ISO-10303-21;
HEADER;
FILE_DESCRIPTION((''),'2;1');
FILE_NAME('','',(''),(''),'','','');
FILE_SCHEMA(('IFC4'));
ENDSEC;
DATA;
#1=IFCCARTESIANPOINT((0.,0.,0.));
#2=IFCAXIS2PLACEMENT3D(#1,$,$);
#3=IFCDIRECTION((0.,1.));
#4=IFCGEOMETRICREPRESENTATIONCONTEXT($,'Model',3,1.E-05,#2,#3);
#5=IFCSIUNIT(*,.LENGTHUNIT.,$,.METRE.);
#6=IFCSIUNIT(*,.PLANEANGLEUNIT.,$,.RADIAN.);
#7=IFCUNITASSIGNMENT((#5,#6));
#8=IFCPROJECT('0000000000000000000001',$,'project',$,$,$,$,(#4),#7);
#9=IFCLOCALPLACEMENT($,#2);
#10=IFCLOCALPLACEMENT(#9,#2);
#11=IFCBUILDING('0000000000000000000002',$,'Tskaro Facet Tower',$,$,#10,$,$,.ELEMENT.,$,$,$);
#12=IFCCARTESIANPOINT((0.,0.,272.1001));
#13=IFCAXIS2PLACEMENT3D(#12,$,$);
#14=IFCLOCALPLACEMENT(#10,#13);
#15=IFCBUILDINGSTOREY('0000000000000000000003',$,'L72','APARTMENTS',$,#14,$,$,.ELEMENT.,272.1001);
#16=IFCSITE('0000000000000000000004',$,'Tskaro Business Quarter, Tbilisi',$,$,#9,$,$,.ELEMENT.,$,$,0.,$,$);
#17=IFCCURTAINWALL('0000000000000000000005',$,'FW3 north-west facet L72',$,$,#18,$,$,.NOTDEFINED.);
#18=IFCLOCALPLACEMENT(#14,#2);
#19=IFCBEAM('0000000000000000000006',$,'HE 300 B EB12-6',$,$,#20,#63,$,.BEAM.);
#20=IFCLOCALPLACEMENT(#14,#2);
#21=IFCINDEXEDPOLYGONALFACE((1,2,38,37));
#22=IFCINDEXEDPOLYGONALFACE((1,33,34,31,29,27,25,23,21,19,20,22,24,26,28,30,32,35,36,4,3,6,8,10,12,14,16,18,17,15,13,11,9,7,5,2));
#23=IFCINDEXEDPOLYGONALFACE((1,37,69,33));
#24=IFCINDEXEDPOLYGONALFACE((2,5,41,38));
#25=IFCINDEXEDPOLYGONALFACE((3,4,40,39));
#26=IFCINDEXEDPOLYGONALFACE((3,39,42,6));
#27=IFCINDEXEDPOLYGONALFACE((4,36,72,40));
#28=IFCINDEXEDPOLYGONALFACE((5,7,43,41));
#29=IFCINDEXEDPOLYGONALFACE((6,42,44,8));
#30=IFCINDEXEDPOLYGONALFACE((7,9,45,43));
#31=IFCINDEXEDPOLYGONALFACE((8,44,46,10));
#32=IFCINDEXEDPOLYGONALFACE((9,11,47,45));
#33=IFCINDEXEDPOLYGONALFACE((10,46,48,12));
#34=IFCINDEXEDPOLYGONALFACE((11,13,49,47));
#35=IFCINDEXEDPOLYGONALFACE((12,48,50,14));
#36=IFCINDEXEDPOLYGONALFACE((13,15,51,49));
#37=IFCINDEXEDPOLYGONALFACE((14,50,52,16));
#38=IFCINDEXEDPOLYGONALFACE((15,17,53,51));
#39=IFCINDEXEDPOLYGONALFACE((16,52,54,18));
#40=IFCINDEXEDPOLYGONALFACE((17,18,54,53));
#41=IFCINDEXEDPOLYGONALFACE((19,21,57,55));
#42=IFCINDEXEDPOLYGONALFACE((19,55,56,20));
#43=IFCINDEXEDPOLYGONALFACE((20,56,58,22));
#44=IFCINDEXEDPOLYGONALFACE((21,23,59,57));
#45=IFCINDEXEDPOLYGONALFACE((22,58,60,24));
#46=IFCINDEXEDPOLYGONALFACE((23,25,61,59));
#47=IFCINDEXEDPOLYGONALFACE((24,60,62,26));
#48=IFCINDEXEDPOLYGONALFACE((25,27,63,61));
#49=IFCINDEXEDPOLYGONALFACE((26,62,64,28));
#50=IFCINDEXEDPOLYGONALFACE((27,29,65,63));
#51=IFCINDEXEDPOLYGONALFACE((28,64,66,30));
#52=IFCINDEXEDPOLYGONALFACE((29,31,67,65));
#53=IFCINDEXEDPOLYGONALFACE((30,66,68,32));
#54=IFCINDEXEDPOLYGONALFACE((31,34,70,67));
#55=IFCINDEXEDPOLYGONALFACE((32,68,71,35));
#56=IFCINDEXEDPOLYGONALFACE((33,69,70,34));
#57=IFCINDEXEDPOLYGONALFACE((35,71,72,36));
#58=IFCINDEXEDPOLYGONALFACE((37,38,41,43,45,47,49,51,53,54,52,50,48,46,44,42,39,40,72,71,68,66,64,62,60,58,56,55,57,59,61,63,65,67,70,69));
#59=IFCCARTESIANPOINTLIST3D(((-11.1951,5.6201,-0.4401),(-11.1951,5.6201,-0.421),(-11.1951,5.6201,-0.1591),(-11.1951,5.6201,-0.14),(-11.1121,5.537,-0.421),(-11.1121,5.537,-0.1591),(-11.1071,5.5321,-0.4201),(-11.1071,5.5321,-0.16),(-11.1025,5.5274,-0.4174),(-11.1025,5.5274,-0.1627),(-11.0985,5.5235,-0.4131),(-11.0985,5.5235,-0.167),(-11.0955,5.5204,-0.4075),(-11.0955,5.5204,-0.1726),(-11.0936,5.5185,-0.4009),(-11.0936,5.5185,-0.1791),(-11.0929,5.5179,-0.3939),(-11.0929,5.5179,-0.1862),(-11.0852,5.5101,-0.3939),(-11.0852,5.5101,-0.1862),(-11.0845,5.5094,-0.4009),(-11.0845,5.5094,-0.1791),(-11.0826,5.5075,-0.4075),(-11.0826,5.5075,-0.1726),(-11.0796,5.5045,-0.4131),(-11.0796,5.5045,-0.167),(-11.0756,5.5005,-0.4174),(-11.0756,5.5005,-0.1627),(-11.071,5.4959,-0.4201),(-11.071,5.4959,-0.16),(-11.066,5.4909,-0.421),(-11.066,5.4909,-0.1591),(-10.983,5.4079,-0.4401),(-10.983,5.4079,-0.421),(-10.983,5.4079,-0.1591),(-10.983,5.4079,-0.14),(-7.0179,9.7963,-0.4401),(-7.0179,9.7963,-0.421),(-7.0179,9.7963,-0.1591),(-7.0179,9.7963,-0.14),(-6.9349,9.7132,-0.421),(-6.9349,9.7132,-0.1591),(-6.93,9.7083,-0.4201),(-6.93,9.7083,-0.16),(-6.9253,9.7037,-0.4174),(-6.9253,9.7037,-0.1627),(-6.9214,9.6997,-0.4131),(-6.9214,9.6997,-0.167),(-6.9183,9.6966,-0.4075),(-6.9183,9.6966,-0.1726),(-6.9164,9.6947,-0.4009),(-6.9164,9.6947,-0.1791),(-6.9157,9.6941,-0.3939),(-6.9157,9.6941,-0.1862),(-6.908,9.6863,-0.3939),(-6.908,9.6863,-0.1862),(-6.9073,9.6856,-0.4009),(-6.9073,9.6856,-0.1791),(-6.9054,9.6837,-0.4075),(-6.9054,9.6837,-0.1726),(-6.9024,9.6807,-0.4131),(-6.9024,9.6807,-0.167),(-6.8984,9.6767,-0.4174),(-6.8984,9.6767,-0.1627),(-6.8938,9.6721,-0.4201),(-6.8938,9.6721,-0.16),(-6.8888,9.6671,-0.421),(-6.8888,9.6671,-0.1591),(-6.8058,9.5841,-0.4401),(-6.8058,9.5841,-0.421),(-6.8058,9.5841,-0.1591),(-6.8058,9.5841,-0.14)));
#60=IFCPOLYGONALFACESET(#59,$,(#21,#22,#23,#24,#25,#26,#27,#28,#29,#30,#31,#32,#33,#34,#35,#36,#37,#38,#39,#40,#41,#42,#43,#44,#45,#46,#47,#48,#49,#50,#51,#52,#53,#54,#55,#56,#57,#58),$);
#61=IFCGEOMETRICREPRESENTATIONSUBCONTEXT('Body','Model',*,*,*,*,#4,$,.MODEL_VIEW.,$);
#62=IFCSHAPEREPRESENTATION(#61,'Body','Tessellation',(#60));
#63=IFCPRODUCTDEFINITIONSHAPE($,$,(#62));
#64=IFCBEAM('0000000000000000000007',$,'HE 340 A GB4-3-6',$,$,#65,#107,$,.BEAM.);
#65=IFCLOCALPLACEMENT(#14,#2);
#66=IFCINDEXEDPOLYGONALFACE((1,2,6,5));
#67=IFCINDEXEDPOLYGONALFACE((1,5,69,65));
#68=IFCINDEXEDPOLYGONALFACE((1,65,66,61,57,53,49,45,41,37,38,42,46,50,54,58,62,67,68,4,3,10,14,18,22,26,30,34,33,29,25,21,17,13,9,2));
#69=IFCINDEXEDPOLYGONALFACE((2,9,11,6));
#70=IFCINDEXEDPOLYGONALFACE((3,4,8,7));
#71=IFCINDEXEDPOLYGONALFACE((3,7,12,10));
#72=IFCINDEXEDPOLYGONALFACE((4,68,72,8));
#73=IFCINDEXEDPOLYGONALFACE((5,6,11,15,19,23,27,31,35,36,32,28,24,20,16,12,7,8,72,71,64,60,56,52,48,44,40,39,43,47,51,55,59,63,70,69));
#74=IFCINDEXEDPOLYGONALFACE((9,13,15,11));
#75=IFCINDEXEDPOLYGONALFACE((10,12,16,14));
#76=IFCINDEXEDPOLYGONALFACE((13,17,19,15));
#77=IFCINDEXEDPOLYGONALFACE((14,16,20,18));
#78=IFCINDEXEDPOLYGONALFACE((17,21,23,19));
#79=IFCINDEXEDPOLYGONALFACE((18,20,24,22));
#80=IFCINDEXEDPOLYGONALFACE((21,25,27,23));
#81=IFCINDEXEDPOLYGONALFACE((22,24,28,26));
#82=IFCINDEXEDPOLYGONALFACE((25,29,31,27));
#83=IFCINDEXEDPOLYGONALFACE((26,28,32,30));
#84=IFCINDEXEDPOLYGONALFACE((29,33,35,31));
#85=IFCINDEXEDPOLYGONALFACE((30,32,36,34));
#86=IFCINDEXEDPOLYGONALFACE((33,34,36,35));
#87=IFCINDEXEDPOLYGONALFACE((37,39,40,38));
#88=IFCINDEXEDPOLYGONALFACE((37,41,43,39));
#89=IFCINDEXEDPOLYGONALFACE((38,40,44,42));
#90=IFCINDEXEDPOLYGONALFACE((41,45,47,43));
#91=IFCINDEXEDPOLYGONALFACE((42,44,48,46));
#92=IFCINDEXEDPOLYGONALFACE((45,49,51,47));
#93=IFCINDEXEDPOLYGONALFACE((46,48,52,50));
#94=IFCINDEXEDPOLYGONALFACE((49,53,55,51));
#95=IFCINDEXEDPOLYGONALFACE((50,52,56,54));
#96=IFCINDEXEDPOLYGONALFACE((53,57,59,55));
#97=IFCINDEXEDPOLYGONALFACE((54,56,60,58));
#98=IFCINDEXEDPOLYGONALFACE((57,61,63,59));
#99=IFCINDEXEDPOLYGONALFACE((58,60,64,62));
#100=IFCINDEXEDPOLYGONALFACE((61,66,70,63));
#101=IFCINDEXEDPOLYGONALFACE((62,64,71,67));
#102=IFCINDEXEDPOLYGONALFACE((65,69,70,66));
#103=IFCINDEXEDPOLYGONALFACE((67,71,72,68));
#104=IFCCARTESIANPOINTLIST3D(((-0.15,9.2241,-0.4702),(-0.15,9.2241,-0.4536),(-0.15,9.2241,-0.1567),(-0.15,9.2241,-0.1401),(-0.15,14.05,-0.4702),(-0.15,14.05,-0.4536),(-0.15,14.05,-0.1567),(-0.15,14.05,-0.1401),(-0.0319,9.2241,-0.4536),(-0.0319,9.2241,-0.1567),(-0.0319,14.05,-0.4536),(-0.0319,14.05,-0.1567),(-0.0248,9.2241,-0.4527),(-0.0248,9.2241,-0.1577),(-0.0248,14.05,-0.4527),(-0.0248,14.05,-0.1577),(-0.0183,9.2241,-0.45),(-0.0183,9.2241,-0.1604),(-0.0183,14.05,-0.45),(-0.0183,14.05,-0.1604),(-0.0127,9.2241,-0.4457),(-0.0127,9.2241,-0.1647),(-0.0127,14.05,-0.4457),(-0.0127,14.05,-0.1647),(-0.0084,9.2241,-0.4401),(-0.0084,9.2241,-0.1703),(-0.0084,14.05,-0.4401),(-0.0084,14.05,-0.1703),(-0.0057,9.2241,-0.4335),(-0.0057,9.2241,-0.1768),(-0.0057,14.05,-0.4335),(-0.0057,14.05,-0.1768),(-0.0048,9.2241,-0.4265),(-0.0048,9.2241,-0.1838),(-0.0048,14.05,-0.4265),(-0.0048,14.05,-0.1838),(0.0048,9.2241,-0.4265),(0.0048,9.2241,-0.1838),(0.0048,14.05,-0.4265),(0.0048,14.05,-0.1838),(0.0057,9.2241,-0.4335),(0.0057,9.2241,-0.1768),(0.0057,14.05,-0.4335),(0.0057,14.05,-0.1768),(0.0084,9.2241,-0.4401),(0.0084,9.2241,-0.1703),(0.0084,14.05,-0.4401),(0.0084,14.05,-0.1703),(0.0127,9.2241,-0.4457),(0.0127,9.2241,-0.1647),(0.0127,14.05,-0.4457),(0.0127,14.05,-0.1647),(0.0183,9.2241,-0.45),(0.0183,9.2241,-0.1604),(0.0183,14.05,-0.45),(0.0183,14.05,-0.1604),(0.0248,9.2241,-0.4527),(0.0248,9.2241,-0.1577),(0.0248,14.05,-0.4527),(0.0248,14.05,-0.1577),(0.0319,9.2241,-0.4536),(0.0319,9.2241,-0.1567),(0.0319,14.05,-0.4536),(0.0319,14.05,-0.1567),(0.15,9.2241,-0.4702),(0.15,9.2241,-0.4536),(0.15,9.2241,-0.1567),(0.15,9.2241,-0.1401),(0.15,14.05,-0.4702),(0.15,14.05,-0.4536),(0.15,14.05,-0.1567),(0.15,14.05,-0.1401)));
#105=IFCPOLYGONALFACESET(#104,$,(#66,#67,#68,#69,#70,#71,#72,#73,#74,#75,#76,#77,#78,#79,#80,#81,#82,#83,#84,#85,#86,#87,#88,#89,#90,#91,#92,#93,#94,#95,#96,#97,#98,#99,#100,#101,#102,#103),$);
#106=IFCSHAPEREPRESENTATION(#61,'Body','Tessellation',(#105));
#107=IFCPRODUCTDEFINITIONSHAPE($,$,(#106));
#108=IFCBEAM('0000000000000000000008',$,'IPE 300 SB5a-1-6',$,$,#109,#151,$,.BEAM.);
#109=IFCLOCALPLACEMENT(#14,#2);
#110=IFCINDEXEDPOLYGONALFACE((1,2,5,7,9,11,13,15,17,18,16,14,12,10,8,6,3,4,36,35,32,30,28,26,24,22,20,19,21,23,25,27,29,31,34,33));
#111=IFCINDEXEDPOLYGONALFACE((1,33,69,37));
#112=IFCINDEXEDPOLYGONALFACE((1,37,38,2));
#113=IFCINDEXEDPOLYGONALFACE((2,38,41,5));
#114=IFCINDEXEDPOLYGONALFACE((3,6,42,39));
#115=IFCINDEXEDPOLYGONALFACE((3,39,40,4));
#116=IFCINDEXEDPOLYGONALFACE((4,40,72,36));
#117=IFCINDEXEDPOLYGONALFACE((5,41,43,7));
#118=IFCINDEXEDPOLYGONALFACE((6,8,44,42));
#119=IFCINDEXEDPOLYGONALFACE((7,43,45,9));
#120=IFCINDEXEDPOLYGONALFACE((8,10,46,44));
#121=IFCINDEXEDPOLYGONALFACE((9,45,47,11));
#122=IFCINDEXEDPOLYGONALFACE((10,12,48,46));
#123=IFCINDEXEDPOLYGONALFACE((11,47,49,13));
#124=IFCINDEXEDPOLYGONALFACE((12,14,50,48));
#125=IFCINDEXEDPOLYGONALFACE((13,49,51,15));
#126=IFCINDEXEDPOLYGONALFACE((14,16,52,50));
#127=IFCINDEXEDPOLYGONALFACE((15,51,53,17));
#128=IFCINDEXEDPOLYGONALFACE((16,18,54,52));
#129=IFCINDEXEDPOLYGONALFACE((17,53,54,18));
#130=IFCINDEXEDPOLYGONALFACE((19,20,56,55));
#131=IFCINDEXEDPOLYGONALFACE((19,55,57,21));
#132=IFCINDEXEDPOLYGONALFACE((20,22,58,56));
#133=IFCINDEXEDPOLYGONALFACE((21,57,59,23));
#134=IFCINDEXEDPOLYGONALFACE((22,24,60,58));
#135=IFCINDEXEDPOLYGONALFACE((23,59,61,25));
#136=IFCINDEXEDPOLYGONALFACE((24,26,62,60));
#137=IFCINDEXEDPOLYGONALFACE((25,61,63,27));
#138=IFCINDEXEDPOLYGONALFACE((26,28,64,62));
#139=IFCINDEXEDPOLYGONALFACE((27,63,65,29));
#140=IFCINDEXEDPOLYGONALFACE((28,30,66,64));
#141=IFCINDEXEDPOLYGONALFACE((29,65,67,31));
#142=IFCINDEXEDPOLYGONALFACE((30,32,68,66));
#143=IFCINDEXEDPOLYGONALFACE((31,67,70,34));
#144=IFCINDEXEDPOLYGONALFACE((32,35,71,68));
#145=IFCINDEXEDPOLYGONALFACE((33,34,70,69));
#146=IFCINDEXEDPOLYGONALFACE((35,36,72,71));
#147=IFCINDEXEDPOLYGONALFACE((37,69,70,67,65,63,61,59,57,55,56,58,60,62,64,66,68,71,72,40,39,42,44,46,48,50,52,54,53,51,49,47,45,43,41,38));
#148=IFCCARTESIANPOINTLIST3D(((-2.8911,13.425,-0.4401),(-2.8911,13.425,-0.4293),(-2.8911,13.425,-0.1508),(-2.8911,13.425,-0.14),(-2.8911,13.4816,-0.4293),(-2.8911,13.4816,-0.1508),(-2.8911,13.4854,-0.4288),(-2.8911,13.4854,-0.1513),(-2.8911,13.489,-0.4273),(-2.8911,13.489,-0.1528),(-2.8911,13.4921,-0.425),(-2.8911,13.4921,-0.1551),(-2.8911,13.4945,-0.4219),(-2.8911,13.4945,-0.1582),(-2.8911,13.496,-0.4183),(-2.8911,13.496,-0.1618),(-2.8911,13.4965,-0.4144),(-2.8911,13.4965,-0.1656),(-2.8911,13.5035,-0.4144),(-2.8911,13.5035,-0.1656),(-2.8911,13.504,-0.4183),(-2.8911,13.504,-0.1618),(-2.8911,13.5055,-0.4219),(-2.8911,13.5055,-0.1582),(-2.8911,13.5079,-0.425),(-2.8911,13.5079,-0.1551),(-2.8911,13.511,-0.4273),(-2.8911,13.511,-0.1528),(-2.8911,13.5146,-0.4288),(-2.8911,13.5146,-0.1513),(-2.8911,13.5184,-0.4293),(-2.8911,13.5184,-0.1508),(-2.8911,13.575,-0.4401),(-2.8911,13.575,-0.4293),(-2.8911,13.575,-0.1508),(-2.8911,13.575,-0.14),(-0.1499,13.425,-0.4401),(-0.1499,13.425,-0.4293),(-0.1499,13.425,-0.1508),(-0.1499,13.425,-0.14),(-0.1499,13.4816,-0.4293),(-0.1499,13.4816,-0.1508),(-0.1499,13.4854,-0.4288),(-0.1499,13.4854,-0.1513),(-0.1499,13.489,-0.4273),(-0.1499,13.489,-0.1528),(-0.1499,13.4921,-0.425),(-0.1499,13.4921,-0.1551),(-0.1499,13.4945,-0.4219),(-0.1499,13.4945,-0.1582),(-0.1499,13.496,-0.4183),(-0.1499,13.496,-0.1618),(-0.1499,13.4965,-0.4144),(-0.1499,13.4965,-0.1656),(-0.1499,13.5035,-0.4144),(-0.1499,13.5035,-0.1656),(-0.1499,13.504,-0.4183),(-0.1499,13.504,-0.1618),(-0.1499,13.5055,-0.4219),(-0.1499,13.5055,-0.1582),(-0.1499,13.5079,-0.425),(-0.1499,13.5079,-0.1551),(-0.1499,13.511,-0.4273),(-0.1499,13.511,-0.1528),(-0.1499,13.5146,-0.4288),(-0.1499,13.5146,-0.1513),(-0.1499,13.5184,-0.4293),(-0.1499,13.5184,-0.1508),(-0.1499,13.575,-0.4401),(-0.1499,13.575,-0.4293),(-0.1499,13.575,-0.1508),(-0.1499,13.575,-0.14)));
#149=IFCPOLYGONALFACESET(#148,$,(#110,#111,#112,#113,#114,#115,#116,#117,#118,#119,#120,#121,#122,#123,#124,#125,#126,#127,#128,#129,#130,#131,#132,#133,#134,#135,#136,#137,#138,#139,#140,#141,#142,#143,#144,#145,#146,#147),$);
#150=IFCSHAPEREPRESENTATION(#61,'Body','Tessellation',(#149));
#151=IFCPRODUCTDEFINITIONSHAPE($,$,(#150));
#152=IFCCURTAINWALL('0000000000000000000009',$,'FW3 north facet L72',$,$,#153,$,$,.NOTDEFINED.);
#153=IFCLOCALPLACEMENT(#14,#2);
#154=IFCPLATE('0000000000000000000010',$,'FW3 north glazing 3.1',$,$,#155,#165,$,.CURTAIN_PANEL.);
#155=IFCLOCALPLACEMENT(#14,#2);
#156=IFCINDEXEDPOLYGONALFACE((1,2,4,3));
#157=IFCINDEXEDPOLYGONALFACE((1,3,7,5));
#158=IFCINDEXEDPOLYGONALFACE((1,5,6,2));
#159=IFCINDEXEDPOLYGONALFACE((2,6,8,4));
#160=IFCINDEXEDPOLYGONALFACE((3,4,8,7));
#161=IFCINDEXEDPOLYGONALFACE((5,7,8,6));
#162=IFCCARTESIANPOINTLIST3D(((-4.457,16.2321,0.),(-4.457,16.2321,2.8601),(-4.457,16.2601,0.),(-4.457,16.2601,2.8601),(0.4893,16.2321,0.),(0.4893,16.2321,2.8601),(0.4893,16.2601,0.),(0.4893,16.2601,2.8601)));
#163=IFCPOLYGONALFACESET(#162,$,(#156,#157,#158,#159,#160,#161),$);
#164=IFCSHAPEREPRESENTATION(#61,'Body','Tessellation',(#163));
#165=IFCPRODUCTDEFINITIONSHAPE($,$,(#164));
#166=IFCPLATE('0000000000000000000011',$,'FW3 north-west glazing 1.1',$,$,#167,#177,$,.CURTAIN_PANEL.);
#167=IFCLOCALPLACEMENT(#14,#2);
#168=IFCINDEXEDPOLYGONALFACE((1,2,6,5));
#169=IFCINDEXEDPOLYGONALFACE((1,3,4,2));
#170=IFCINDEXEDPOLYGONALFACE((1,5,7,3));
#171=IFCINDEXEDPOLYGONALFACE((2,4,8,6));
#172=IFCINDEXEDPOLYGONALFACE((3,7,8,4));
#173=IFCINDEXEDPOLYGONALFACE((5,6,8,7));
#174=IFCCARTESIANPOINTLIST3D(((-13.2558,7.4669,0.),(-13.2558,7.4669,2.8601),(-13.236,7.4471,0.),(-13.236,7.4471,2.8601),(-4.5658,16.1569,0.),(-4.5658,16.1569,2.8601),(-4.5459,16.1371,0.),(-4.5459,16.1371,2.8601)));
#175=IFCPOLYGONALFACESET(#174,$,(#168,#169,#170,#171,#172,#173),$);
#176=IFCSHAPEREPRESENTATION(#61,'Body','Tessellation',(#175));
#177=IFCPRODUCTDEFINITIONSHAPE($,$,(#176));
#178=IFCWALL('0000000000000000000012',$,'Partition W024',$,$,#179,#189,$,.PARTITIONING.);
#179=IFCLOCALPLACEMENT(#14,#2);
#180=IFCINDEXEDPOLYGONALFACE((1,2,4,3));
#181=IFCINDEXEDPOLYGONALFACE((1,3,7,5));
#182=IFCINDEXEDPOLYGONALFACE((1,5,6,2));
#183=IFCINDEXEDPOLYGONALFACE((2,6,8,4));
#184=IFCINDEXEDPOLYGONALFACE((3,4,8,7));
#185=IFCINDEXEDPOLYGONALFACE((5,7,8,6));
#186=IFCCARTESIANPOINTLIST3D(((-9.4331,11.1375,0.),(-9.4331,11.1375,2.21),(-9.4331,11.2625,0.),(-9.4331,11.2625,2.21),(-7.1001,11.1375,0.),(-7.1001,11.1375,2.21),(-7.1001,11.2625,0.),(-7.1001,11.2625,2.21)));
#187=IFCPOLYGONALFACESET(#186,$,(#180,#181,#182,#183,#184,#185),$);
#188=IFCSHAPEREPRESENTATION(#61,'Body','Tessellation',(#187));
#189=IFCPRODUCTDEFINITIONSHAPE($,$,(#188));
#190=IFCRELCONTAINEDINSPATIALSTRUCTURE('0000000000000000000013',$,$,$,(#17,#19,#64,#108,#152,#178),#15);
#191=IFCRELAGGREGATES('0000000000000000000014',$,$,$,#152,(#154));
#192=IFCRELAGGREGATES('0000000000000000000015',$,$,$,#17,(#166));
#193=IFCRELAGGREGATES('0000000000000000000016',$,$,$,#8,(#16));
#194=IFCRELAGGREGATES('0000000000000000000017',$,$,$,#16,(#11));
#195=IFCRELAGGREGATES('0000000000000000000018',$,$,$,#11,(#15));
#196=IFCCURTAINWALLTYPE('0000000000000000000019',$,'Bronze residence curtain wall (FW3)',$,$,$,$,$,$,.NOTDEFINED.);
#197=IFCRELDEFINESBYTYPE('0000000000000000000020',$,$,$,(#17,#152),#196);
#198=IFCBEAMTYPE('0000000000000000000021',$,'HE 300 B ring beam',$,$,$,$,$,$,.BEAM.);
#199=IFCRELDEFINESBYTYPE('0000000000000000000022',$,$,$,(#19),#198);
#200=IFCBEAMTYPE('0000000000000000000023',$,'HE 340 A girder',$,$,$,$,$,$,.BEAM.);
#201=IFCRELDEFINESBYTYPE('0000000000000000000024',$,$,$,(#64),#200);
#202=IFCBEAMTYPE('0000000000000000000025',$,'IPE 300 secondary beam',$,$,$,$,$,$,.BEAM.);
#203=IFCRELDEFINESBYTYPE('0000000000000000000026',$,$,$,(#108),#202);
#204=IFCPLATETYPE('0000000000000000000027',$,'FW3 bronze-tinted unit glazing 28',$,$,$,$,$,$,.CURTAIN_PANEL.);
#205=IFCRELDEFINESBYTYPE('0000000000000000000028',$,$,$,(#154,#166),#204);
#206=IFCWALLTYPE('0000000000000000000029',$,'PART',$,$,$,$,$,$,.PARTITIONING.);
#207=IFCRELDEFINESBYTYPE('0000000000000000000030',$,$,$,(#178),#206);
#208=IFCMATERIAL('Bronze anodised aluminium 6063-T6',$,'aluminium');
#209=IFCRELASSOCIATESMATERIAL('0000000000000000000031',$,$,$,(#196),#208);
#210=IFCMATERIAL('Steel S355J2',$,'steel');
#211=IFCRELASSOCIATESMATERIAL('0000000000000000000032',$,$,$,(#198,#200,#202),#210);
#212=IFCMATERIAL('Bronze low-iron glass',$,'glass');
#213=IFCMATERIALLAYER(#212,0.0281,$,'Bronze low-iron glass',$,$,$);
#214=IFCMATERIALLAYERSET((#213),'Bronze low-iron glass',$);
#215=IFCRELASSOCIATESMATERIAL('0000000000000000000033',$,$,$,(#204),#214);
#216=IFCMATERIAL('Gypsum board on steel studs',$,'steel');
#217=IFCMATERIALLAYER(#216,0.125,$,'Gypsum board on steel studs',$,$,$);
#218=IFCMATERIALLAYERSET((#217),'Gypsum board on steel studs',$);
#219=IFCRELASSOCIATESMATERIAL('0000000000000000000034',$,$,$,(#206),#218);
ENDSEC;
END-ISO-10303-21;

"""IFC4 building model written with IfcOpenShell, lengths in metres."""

from ifc_helpers import new_model, si_unit, direction, frame, frame_2d, origin, origin_2d, place, context, subcontext, project, spatial, rectangle, i_section, extrude, material, layer, layer_set, material_profile, profile_set, type_object, element, aggregate, save


model = new_model("IFC4")

# Units and contexts
model_context = context("Model", 3, precision=1e-05, world=origin(), true_north=direction((0.0, 1.0)))
body_context = subcontext(model_context, "Body", "Model", "MODEL_VIEW")
ifc_project = project(units=[si_unit("LENGTHUNIT", "METRE"), si_unit("PLANEANGLEUNIT", "RADIAN")], contexts=[model_context])

# Site, building, storey
site_placement = place(None, origin())
site = spatial("IfcSite", under=ifc_project, at=site_placement, Name="Tskaro Business Quarter, Tbilisi", CompositionType="ELEMENT", RefElevation=0.0)
building_placement = place(site_placement, origin())
building = spatial("IfcBuilding", under=site, at=building_placement, Name="Tskaro Facet Tower", CompositionType="ELEMENT")
storey_placement = place(building_placement, frame((0.0, 0.0, 272.1001)))
storey = spatial("IfcBuildingStorey", under=building, at=storey_placement, Name="L72", Description="APARTMENTS", CompositionType="ELEMENT", Elevation=272.1001)

# Shared definitions
ifc_material_1 = material(Name="Steel S355J2", Category="steel")

# Curtain wall
ifc_material_2 = material(Name="Bronze anodised aluminium 6063-T6", Category="aluminium")
curtain_wall_type = type_object("IfcCurtainWallType", Name="Bronze residence curtain wall (FW3)", PredefinedType="NOTDEFINED", material=ifc_material_2)
curtain_wall_1_placement = place(storey_placement, origin())
curtain_wall_1 = element("IfcCurtainWall", 1, at=curtain_wall_1_placement, inside=storey, type_object=curtain_wall_type, Name="FW3 north-west facet L72", PredefinedType="NOTDEFINED")

# Beams
ifc_material_profile_1 = material_profile(ifc_material_1, i_section(OverallWidth=0.3, OverallDepth=0.3, WebThickness=0.011, FlangeThickness=0.019, FilletRadius=0.0271, at=origin_2d()), Name="HE 300 B")
ifc_profile_set_1 = profile_set([ifc_material_profile_1], Name="Steel S355J2")
beam_type_1 = type_object("IfcBeamType", Name="HE 300 B ring beam", PredefinedType="BEAM", material=ifc_profile_set_1)
for number, where, z_axis, x_axis, name in (
    (2, (-6.9119, 9.6902, -0.29), (-0.707189, -0.707024, 0.0), (0.707024, -0.707189, 0.0), "HE 300 B EB12-6"),
):
    element("IfcBeam", number, at=place(storey_placement, frame(where, z_axis=z_axis, x_axis=x_axis)), inside=storey, type_object=beam_type_1, Name=name, PredefinedType="BEAM", context=body_context, shape_type="SweptSolid", body=[
        extrude(i_section(OverallWidth=0.3, OverallDepth=0.3, WebThickness=0.011, FlangeThickness=0.019, FilletRadius=0.0271, at=origin_2d()), origin(), (0.0, 0.0, 1.0), 5.9067),
    ])
ifc_material_profile_2 = material_profile(ifc_material_1, i_section(OverallWidth=0.3, OverallDepth=0.3301, WebThickness=0.0095, FlangeThickness=0.0166, FilletRadius=0.0271, at=origin_2d()), Name="HE 340 A")
ifc_profile_set_2 = profile_set([ifc_material_profile_2], Name="Steel S355J2")
beam_type_2 = type_object("IfcBeamType", Name="HE 340 A girder", PredefinedType="BEAM", material=ifc_profile_set_2)
beam_1_placement = place(storey_placement, frame((0.0, 9.2241, -0.3052), z_axis=(0.0, 1.0, 0.0), x_axis=(-1.0, 0.0, 0.0)))
element("IfcBeam", 3, at=beam_1_placement, inside=storey, type_object=beam_type_2, Name="HE 340 A GB4-3-6", PredefinedType="BEAM", context=body_context, shape_type="SweptSolid", body=[
    extrude(i_section(OverallWidth=0.3, OverallDepth=0.3301, WebThickness=0.0095, FlangeThickness=0.0166, FilletRadius=0.0271, at=origin_2d()), origin(), (0.0, 0.0, 1.0), 4.8259),
])
ifc_material_profile_3 = material_profile(ifc_material_1, i_section(OverallWidth=0.1499, OverallDepth=0.3, WebThickness=0.0071, FlangeThickness=0.0107, FilletRadius=0.0149, at=origin_2d()), Name="IPE 300")
ifc_profile_set_3 = profile_set([ifc_material_profile_3], Name="Steel S355J2")
beam_type_3 = type_object("IfcBeamType", Name="IPE 300 secondary beam", PredefinedType="BEAM", material=ifc_profile_set_3)
beam_2_placement = place(storey_placement, frame((-2.8911, 13.5, -0.29), z_axis=(1.0, 0.0, 0.0), x_axis=(0.0, 1.0, 0.0)))
element("IfcBeam", 4, at=beam_2_placement, inside=storey, type_object=beam_type_3, Name="IPE 300 SB5a-1-6", PredefinedType="BEAM", context=body_context, shape_type="SweptSolid", body=[
    extrude(i_section(OverallWidth=0.1499, OverallDepth=0.3, WebThickness=0.0071, FlangeThickness=0.0107, FilletRadius=0.0149, at=origin_2d()), origin(), (0.0, 0.0, 1.0), 2.7412),
])

# Curtain wall, plate
curtain_wall_2_placement = place(storey_placement, origin())
curtain_wall_2 = element("IfcCurtainWall", 5, at=curtain_wall_2_placement, inside=storey, type_object=curtain_wall_type, Name="FW3 north facet L72", PredefinedType="NOTDEFINED")
ifc_material_3 = material(Name="Bronze low-iron glass", Category="glass")
ifc_layer_1 = layer(ifc_material_3, 0.0281, Name="Bronze low-iron glass")
ifc_layer_set_1 = layer_set([ifc_layer_1], Name="Bronze low-iron glass")
plate_type = type_object("IfcPlateType", Name="FW3 bronze-tinted unit glazing 28", PredefinedType="CURTAIN_PANEL", material=ifc_layer_set_1)
plate_1_placement = place(storey_placement, frame((-1.9839, 16.2461, 0.0), z_axis=(0.0, 0.0, 1.0), x_axis=(-1.0, 0.0, 0.0)))
plate_1 = element("IfcPlate", 6, at=plate_1_placement, type_object=plate_type, Name="FW3 north glazing 3.1", PredefinedType="CURTAIN_PANEL", context=body_context, shape_type="SweptSolid", body=[
    extrude(rectangle(XDim=4.9463, YDim=0.0281, at=origin_2d()), origin(), (0.0, 0.0, 1.0), 2.8601),
])
aggregate(curtain_wall_2, [plate_1])

# Plate
plate_2_placement = place(storey_placement, frame((-8.9009, 11.802, 0.0), z_axis=(0.0, 0.0, 1.0), x_axis=(-0.707107, -0.707107, 0.0)))
plate_2 = element("IfcPlate", 7, at=plate_2_placement, type_object=plate_type, Name="FW3 north-west glazing 1.1", PredefinedType="CURTAIN_PANEL", context=body_context, shape_type="SweptSolid", body=[
    extrude(rectangle(XDim=12.2896, YDim=0.0281, at=origin_2d()), origin(), (0.0, 0.0, 1.0), 2.8601),
])
aggregate(curtain_wall_1, [plate_2])

# Wall
ifc_material_4 = material(Name="Gypsum board on steel studs", Category="steel")
ifc_layer_2 = layer(ifc_material_4, 0.125, Name="Gypsum board on steel studs")
ifc_layer_set_2 = layer_set([ifc_layer_2], Name="Gypsum board on steel studs")
wall_type_1 = type_object("IfcWallType", Name="PART", PredefinedType="PARTITIONING", material=ifc_layer_set_2)
wall_1_placement = place(storey_placement, frame((-9.4331, 11.2, 0.0), z_axis=(0.0, 0.0, 1.0), x_axis=(1.0, 0.0, 0.0)))
element("IfcWall", 8, at=wall_1_placement, inside=storey, type_object=wall_type_1, Name="Partition W024", PredefinedType="PARTITIONING", context=body_context, shape_type="SweptSolid", body=[
    extrude(rectangle(XDim=2.333, YDim=0.125, at=frame_2d((1.1665, 0.0))), origin(), (0.0, 0.0, 1.0), 2.21),
])

save(model, "model.ifc")
